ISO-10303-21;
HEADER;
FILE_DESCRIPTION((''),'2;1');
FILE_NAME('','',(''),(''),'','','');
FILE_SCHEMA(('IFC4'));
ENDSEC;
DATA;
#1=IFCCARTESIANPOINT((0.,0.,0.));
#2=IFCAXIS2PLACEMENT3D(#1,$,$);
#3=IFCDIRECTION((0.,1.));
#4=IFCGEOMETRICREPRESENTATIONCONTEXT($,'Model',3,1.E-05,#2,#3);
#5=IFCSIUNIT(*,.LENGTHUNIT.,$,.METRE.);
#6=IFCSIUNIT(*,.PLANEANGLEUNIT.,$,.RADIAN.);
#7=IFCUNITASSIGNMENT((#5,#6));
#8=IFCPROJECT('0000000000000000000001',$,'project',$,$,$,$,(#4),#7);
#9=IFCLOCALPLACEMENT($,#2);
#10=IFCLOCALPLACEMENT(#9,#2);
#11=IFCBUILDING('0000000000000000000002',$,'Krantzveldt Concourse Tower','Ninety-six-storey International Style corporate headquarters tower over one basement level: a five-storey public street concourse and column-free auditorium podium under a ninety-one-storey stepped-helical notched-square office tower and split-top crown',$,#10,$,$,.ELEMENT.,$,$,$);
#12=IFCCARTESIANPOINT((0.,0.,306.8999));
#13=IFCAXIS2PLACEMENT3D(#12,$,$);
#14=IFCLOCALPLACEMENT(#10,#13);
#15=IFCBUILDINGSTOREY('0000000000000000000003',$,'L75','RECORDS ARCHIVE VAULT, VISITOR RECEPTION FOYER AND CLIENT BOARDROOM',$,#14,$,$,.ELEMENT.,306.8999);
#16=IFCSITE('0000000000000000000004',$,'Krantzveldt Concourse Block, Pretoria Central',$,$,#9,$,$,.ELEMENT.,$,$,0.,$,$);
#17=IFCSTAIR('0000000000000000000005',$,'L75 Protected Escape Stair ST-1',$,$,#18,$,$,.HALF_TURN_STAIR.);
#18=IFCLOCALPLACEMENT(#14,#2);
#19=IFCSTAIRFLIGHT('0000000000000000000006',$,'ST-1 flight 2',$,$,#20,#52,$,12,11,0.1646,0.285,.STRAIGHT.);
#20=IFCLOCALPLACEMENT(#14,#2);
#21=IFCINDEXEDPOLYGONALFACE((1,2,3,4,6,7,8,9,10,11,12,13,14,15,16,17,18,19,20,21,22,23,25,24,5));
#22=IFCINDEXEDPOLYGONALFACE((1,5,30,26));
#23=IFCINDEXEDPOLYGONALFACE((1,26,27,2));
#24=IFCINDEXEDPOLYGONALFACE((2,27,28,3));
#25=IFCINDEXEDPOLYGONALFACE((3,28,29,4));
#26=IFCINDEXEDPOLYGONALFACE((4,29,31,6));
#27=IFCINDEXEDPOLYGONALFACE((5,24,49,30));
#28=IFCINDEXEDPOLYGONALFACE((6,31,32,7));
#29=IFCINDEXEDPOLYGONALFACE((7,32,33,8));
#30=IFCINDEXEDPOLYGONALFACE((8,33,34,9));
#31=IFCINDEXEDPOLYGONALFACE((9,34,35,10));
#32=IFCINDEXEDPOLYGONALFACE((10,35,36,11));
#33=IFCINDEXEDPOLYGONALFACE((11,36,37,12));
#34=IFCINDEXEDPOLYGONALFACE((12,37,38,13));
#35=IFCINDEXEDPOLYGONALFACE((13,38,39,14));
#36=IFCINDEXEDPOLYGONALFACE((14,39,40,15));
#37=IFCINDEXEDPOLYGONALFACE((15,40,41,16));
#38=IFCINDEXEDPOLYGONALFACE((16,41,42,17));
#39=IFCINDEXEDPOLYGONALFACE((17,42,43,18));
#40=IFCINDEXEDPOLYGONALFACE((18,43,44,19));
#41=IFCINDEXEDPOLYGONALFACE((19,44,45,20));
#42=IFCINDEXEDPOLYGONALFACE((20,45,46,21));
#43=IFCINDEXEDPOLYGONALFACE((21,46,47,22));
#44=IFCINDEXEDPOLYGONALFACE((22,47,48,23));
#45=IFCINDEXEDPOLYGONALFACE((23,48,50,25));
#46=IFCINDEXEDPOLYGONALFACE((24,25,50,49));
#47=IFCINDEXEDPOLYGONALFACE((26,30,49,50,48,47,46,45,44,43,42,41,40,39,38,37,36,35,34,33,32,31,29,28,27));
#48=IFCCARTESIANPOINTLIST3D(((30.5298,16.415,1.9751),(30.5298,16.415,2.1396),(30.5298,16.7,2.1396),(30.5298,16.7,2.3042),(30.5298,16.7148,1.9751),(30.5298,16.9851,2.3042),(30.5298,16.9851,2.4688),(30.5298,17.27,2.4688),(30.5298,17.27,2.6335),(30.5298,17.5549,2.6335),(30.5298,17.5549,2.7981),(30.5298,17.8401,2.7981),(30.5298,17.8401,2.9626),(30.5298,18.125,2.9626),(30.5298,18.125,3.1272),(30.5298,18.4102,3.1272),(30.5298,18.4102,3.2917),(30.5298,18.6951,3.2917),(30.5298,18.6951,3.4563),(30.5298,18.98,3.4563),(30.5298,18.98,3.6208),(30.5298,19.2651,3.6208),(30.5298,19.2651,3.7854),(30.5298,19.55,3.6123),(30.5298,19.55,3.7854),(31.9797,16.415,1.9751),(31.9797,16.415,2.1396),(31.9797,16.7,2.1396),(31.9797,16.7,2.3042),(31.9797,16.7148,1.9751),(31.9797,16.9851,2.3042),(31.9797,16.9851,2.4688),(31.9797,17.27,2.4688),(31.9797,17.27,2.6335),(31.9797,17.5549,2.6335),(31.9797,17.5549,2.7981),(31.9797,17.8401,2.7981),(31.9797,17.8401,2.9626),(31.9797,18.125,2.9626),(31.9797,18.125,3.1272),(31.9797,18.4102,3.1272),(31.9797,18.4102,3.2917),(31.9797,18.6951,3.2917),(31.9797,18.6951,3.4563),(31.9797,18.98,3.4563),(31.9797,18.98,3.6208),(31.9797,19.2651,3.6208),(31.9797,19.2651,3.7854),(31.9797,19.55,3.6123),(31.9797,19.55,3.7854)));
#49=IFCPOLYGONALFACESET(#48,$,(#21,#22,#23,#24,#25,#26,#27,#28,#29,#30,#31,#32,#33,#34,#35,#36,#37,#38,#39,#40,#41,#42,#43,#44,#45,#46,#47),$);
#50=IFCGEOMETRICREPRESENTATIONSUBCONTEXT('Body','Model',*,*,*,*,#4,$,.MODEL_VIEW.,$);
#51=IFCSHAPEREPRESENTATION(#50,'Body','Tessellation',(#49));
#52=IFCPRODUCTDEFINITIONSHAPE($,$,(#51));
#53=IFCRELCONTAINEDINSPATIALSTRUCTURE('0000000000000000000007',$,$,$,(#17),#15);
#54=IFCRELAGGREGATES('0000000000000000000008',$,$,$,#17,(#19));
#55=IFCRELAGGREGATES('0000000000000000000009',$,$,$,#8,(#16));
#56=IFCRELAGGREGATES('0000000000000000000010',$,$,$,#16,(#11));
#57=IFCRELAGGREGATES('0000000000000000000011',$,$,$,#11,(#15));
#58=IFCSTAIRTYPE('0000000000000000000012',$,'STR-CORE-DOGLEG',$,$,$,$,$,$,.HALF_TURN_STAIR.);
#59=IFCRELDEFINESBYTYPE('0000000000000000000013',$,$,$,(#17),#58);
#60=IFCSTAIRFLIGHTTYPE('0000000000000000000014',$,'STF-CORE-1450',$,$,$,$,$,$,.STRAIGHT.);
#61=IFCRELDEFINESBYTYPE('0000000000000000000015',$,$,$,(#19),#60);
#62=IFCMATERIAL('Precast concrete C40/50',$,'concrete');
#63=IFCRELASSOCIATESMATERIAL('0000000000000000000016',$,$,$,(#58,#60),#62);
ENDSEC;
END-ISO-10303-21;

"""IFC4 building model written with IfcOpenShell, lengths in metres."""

from ifc_helpers import new_model, si_unit, direction, frame, origin, place, context, subcontext, project, spatial, polyline, outline, extrude, material, type_object, element, aggregate, save


model = new_model("IFC4")

# Units and contexts
model_context = context("Model", 3, precision=1e-05, world=origin(), true_north=direction((0.0, 1.0)))
body_context = subcontext(model_context, "Body", "Model", "MODEL_VIEW")
ifc_project = project(units=[si_unit("LENGTHUNIT", "METRE"), si_unit("PLANEANGLEUNIT", "RADIAN")], contexts=[model_context])

# Site, building, storey
site_placement = place(None, origin())
site = spatial("IfcSite", under=ifc_project, at=site_placement, Name="Krantzveldt Concourse Block, Pretoria Central", CompositionType="ELEMENT", RefElevation=0.0)
building_placement = place(site_placement, origin())
building = spatial("IfcBuilding", under=site, at=building_placement, Name="Krantzveldt Concourse Tower", Description="Ninety-six-storey International Style corporate headquarters tower over one basement level: a five-storey public street concourse and column-free auditorium podium under a ninety-one-storey stepped-helical notched-square office tower and split-top crown", CompositionType="ELEMENT")
storey_placement = place(building_placement, frame((0.0, 0.0, 306.8999)))
storey = spatial("IfcBuildingStorey", under=building, at=storey_placement, Name="L75", Description="RECORDS ARCHIVE VAULT, VISITOR RECEPTION FOYER AND CLIENT BOARDROOM", CompositionType="ELEMENT", Elevation=306.8999)

# Stair, stair flight
ifc_material_1 = material(Name="Precast concrete C40/50", Category="concrete")
stair_type = type_object("IfcStairType", Name="STR-CORE-DOGLEG", PredefinedType="HALF_TURN_STAIR", material=ifc_material_1)
stair_placement = place(storey_placement, origin())
stair = element("IfcStair", 1, at=stair_placement, inside=storey, type_object=stair_type, Name="L75 Protected Escape Stair ST-1", PredefinedType="HALF_TURN_STAIR")
stair_flight_type = type_object("IfcStairFlightType", Name="STF-CORE-1450", PredefinedType="STRAIGHT", material=ifc_material_1)
stair_flight_1_placement = place(storey_placement, frame((31.2549, 16.415, 1.9751), z_axis=(0.0, 0.0, 1.0), x_axis=(0.0, 1.0, 0.0)))
stair_flight_1 = element("IfcStairFlight", 2, at=stair_flight_1_placement, type_object=stair_flight_type, Name="ST-1 flight 2", NumberOfRisers=12, NumberOfTreads=11, PredefinedType="STRAIGHT", RiserHeight=0.1646, TreadLength=0.285, context=body_context, shape_type="SweptSolid", body=[
    extrude(outline(polyline([(0.0, 0.0), (0.0, 0.1646), (0.2849, 0.1646), (0.2849, 0.3291), (0.5701, 0.3291), (0.5701, 0.4937), (0.855, 0.4937), (0.855, 0.6584), (1.1399, 0.6584), (1.1399, 0.823), (1.425, 0.823), (1.425, 0.9875), (1.71, 0.9875), (1.71, 1.1521), (1.9951, 1.1521), (1.9951, 1.3167), (2.28, 1.3167), (2.28, 1.4812), (2.5649, 1.4812), (2.5649, 1.6458), (2.8501, 1.6458), (2.8501, 1.8103), (3.135, 1.8103), (3.135, 1.9751), (3.135, 1.6372), (0.2998, 0.0), (0.0, 0.0)])), frame((0.0, 0.7251, 0.0), z_axis=(0.0, -1.0, 0.0), x_axis=(1.0, 0.0, 0.0)), (0.0, 0.0, 1.0), 1.45),
])
aggregate(stair, [stair_flight_1])

save(model, "model.ifc")
